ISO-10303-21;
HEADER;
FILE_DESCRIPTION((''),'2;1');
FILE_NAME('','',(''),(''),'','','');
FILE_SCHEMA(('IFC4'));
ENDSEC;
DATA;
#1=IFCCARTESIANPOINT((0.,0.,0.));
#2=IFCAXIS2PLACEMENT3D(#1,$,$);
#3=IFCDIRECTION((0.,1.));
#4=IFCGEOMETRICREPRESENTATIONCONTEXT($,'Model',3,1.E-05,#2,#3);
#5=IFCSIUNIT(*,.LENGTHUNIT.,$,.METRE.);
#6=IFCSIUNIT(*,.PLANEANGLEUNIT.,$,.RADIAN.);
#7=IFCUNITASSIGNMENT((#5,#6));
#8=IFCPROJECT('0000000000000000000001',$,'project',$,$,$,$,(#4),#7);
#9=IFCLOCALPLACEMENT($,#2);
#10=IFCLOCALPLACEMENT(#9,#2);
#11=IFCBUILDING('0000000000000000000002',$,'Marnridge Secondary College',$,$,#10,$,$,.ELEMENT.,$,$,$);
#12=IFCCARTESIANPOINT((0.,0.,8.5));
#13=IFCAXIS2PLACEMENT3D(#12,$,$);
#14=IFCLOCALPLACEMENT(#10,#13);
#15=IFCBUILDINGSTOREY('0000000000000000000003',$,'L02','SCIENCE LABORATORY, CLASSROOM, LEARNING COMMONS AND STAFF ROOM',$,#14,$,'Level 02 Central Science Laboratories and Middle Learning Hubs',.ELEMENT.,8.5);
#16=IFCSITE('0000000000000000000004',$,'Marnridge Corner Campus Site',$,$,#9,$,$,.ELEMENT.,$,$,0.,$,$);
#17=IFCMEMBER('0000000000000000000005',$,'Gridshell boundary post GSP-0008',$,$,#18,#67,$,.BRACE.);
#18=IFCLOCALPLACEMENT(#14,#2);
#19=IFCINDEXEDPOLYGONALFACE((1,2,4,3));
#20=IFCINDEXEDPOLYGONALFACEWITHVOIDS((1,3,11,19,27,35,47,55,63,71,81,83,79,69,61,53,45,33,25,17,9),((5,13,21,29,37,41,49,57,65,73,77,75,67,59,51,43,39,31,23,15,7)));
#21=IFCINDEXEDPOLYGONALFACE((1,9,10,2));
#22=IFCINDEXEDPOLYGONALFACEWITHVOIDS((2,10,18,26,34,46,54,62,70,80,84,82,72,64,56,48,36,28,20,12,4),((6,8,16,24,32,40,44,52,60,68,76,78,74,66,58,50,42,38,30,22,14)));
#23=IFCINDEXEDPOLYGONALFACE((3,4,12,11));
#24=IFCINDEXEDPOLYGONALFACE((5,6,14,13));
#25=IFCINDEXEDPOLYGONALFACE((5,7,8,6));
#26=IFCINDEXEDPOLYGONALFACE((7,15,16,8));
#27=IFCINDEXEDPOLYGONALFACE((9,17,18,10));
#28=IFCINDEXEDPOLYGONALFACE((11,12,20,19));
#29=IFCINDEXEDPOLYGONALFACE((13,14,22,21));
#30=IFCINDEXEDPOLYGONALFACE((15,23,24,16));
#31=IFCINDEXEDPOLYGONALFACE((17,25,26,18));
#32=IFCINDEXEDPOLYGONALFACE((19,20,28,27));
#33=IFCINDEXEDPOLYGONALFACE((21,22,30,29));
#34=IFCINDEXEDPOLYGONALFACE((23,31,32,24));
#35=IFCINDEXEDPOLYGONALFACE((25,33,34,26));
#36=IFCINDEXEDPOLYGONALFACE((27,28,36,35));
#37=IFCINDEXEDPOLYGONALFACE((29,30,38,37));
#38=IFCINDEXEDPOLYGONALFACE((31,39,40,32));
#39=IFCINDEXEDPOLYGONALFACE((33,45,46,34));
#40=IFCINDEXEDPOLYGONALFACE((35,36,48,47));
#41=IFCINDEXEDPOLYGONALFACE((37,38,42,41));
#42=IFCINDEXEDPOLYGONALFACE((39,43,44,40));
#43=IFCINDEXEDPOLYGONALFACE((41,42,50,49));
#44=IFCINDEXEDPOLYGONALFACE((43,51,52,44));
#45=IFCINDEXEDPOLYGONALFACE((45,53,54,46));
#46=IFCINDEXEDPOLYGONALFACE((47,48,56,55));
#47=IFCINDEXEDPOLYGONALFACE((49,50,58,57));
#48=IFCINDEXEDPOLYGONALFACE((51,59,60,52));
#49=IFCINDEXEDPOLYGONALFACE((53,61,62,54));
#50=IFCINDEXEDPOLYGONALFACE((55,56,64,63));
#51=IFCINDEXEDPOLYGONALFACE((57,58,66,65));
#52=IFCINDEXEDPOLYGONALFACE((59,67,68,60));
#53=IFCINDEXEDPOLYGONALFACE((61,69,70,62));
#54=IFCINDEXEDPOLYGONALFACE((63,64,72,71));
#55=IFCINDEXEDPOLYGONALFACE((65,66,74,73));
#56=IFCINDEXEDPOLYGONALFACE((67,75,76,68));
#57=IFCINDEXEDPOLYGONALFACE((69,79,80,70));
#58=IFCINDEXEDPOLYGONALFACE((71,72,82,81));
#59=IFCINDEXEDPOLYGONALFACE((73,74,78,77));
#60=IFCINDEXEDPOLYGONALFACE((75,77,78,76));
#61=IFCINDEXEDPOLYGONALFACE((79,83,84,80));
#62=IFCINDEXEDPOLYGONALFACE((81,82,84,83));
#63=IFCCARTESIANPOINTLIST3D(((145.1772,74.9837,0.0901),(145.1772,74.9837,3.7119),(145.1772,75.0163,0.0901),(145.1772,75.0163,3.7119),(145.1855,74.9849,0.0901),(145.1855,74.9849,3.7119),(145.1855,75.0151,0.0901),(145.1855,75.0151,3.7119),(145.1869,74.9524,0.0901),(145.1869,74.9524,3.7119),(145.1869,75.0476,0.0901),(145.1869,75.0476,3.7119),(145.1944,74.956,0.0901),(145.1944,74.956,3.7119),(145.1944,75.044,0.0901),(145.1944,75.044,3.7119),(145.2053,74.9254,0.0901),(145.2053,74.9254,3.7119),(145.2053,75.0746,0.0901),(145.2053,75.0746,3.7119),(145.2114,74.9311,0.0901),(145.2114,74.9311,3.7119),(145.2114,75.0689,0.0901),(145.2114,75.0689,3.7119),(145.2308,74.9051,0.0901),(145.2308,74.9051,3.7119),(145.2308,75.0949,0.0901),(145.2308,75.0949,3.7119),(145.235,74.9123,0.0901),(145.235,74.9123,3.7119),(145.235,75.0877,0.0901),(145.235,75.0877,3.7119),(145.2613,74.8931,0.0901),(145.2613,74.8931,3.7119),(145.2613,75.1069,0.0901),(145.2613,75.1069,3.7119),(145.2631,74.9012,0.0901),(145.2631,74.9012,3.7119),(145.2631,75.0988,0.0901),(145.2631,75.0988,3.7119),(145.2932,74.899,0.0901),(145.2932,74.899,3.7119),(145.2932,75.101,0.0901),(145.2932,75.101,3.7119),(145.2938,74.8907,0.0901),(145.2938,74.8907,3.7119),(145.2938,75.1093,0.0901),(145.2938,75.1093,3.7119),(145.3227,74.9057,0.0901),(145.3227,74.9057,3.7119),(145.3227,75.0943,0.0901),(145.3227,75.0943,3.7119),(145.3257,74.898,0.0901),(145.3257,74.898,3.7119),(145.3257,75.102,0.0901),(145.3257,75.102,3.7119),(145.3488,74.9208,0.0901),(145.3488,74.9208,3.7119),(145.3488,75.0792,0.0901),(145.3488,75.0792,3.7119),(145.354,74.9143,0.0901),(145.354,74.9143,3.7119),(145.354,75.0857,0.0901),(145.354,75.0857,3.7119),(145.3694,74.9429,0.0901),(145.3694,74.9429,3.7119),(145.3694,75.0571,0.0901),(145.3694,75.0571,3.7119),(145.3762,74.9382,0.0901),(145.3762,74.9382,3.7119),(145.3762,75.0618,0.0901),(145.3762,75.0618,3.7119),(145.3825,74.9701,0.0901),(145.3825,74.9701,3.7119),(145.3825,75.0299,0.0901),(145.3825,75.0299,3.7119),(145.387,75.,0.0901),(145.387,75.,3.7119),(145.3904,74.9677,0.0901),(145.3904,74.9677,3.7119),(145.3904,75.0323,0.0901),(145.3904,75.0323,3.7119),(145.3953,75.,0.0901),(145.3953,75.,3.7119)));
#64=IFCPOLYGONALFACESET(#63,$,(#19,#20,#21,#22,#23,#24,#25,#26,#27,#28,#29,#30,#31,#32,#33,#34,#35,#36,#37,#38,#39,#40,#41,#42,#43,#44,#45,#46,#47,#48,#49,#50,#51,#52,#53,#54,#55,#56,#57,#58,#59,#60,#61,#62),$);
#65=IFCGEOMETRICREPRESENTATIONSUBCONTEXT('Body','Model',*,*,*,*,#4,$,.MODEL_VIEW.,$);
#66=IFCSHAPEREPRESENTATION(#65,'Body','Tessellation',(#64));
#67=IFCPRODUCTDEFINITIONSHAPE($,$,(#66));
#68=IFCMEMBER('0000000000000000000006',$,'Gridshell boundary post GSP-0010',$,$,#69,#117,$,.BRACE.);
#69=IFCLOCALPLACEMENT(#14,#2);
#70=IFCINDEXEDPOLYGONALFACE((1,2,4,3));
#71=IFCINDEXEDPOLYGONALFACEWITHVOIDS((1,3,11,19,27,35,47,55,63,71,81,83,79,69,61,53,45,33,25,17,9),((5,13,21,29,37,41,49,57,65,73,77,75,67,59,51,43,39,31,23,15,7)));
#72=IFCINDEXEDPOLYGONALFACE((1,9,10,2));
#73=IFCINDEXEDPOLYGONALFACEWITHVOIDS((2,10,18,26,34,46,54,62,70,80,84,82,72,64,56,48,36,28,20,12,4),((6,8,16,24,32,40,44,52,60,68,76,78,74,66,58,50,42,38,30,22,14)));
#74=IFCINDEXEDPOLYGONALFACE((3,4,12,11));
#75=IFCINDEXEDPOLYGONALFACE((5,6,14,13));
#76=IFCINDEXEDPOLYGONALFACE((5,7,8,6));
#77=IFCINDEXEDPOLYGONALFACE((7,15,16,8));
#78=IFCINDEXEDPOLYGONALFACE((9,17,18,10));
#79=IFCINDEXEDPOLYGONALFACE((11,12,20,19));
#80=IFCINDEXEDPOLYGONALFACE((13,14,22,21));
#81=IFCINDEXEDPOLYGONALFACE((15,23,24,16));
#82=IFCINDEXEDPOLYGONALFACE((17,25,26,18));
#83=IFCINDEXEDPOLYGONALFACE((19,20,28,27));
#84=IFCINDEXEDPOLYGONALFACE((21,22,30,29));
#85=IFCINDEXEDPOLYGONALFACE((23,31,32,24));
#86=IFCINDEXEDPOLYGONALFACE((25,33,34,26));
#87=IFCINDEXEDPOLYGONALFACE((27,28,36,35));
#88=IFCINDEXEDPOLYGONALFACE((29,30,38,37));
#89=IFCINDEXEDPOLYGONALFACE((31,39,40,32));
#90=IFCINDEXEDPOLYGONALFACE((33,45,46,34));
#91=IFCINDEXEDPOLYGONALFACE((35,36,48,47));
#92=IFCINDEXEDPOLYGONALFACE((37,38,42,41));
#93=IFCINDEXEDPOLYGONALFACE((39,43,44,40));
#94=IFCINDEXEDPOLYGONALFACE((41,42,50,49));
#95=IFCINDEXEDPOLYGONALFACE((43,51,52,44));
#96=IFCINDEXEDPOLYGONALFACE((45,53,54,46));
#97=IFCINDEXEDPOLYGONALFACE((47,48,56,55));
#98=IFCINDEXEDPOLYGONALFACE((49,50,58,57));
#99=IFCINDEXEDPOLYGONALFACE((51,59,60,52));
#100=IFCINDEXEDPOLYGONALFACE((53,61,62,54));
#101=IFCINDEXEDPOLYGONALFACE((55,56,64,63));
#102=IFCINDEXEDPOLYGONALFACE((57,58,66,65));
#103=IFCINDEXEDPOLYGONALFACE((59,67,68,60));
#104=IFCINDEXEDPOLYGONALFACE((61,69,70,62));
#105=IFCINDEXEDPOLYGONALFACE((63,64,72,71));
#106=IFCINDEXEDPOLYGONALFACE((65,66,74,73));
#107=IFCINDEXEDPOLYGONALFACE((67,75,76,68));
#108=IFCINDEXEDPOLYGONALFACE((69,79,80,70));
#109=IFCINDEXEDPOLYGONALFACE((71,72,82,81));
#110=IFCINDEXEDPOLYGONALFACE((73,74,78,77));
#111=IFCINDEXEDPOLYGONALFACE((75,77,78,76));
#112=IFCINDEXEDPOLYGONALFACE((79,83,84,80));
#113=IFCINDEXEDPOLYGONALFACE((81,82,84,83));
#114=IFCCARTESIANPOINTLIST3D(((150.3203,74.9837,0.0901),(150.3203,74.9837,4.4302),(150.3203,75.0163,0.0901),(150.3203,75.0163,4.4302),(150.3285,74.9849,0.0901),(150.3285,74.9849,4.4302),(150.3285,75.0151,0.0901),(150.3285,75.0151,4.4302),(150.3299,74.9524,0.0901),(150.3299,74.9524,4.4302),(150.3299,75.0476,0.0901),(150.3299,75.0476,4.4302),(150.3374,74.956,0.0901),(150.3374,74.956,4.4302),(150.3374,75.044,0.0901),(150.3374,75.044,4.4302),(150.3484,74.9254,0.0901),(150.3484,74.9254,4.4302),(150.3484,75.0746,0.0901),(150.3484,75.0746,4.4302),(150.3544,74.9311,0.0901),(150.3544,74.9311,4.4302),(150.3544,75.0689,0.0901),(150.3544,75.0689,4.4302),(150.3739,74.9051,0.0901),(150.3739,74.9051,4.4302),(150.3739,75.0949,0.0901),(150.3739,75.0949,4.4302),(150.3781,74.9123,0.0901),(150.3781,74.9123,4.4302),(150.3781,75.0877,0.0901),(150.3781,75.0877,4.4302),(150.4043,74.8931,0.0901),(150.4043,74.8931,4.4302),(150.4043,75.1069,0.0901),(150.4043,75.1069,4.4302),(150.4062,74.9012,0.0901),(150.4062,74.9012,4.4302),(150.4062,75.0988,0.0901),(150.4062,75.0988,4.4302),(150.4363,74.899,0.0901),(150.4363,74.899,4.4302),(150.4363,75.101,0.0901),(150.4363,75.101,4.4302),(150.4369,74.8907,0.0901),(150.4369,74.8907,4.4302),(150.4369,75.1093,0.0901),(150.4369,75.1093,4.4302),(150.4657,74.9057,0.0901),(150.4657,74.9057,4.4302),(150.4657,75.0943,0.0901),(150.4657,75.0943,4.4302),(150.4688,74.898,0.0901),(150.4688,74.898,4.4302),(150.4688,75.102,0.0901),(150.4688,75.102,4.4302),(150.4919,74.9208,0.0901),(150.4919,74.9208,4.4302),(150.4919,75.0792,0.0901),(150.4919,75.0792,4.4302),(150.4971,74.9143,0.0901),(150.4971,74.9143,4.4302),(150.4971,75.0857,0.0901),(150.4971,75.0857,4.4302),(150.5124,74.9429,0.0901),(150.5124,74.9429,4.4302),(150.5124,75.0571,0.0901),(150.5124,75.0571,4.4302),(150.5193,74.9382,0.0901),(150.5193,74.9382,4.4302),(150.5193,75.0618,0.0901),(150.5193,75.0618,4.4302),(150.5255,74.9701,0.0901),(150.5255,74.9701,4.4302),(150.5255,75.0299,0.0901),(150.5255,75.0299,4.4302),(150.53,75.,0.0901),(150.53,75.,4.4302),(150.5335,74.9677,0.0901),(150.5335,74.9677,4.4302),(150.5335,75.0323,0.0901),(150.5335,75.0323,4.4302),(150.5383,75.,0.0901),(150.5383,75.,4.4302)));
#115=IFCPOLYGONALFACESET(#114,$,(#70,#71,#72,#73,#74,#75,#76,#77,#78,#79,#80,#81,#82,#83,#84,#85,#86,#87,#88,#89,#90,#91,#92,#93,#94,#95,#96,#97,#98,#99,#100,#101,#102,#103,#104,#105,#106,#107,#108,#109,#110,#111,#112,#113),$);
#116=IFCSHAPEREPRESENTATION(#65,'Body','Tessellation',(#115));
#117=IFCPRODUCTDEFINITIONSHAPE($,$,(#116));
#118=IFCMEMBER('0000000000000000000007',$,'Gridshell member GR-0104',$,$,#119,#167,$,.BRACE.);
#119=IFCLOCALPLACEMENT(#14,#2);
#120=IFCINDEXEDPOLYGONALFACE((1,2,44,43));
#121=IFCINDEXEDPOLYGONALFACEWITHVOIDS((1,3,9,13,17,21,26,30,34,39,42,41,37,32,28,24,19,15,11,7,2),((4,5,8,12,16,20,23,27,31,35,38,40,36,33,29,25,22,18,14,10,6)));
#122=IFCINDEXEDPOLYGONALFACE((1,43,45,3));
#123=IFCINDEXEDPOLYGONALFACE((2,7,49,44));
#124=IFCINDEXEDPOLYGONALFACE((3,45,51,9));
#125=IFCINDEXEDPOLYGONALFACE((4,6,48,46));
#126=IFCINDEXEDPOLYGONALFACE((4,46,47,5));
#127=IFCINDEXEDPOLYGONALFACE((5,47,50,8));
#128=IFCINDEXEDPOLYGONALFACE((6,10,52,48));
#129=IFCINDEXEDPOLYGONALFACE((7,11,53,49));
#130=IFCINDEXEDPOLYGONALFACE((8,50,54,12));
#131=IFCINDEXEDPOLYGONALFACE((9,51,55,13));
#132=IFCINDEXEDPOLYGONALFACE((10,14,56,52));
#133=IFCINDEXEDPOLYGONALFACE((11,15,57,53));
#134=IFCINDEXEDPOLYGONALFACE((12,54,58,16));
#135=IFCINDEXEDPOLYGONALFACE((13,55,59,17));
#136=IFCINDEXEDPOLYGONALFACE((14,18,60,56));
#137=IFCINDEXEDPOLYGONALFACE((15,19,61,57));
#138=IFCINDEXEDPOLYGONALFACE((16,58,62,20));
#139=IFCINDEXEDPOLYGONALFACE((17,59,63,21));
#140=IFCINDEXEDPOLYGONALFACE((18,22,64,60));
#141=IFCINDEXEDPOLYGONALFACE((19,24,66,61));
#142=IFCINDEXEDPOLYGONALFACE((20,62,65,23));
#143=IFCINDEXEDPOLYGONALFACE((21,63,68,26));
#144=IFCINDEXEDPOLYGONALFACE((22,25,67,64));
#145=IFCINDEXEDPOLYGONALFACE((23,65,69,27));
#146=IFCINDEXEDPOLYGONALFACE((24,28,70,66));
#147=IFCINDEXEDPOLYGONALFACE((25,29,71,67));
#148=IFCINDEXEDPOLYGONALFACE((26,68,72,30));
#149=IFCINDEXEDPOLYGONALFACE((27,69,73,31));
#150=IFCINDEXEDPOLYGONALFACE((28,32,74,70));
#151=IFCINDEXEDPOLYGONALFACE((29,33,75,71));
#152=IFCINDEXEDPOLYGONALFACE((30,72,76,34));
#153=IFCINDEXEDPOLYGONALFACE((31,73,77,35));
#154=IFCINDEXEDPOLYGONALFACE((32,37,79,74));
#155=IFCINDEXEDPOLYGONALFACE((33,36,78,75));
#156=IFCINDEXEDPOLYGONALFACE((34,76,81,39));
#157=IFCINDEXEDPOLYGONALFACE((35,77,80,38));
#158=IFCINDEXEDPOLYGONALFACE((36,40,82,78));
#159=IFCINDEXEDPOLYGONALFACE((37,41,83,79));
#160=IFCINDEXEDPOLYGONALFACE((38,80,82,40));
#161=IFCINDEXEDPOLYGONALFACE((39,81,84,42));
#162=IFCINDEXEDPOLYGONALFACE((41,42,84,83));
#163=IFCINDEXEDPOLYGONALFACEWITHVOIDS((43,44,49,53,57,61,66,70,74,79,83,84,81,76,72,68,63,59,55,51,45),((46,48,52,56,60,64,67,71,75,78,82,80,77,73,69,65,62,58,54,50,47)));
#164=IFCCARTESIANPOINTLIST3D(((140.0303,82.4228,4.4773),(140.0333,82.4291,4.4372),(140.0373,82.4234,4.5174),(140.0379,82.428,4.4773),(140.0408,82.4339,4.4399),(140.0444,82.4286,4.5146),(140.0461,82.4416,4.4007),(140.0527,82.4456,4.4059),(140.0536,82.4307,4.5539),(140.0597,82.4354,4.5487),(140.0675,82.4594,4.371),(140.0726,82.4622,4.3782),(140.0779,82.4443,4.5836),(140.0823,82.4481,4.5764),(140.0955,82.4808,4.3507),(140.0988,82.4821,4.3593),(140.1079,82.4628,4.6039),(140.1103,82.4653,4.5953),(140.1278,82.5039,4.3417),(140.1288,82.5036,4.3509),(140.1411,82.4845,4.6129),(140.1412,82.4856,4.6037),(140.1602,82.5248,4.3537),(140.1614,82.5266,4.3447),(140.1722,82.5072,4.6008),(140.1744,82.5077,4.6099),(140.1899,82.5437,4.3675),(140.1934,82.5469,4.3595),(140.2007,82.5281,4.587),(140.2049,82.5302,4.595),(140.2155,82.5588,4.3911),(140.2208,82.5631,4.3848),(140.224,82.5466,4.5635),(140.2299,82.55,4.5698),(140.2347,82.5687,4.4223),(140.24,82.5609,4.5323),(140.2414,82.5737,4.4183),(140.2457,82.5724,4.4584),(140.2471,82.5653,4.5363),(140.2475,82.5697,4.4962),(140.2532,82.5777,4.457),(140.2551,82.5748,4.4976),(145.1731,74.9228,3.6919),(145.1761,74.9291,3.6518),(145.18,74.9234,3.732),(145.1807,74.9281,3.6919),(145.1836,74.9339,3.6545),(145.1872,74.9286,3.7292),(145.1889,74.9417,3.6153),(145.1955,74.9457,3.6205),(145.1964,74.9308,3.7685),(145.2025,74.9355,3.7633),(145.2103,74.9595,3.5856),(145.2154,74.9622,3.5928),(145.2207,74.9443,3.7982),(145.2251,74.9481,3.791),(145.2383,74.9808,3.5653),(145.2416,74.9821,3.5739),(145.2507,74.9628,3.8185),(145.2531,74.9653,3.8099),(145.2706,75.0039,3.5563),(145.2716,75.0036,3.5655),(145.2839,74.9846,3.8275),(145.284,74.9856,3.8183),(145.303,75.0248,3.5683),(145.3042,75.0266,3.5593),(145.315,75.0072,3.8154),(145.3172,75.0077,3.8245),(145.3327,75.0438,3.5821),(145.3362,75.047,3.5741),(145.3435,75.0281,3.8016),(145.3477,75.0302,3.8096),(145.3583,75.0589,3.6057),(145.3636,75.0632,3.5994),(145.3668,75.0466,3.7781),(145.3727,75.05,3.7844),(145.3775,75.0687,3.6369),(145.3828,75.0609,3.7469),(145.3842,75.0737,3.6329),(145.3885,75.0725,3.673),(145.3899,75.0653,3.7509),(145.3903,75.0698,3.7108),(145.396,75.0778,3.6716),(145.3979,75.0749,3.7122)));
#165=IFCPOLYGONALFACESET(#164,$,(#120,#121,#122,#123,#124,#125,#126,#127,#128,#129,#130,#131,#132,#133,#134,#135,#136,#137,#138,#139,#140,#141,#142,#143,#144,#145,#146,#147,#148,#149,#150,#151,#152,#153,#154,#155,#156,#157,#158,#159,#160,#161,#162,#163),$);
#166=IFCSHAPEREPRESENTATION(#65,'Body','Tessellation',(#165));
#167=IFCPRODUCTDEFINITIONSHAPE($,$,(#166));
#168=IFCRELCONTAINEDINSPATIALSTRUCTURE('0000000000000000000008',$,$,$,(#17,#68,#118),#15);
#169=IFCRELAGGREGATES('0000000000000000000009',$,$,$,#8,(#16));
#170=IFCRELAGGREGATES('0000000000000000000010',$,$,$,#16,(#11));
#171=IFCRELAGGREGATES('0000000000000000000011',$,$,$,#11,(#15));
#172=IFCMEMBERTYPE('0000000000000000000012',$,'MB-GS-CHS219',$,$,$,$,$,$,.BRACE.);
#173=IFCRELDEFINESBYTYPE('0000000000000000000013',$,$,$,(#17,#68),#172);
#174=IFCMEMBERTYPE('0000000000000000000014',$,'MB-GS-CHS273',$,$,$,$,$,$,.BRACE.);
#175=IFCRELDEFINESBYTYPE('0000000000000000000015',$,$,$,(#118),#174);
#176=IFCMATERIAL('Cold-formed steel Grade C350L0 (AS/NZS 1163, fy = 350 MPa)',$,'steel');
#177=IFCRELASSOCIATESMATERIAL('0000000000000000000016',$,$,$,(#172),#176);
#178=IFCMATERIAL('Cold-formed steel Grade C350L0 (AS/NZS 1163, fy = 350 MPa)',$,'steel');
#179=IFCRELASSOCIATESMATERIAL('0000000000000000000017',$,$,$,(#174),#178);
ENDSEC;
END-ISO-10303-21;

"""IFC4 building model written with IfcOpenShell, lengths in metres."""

from ifc_helpers import new_model, si_unit, direction, frame, origin, origin_2d, place, context, subcontext, project, spatial, hollow_circle, extrude, material, material_profile, profile_set, type_object, element, save


model = new_model("IFC4")

# Units and contexts
model_context = context("Model", 3, precision=1e-05, world=origin(), true_north=direction((0.0, 1.0)))
body_context = subcontext(model_context, "Body", "Model", "MODEL_VIEW")
ifc_project = project(units=[si_unit("LENGTHUNIT", "METRE"), si_unit("PLANEANGLEUNIT", "RADIAN")], contexts=[model_context])

# Site, building, storey
site_placement = place(None, origin())
site = spatial("IfcSite", under=ifc_project, at=site_placement, Name="Marnridge Corner Campus Site", CompositionType="ELEMENT", RefElevation=0.0)
building_placement = place(site_placement, origin())
building = spatial("IfcBuilding", under=site, at=building_placement, Name="Marnridge Secondary College", CompositionType="ELEMENT")
storey_placement = place(building_placement, frame((0.0, 0.0, 8.5)))
storey = spatial("IfcBuildingStorey", under=building, at=storey_placement, Name="L02", Description="SCIENCE LABORATORY, CLASSROOM, LEARNING COMMONS AND STAFF ROOM", LongName="Level 02 Central Science Laboratories and Middle Learning Hubs", CompositionType="ELEMENT", Elevation=8.5)

# Members
ifc_material_1 = material(Name="Cold-formed steel Grade C350L0 (AS/NZS 1163, fy = 350 MPa)", Category="steel")
ifc_material_profile_1 = material_profile(ifc_material_1, hollow_circle(Radius=0.1096, WallThickness=0.0083, at=origin_2d()), Name="219.1x8.2CHS")
ifc_profile_set_1 = profile_set([ifc_material_profile_1], Name="Cold-formed steel Grade C350L0 (AS/NZS 1163, fy = 350 MPa)")
member_type_1 = type_object("IfcMemberType", Name="MB-GS-CHS219", PredefinedType="BRACE", material=ifc_profile_set_1)
member_1_placement = place(storey_placement, frame((145.2856, 75.0, 0.0901), z_axis=(0.0, 0.0, 1.0), x_axis=(1.0, 0.0, 0.0)))
element("IfcMember", 1, at=member_1_placement, inside=storey, type_object=member_type_1, Name="Gridshell boundary post GSP-0008", PredefinedType="BRACE", context=body_context, shape_type="SweptSolid", body=[
    extrude(hollow_circle(Radius=0.1096, WallThickness=0.0083, at=origin_2d()), origin(), (0.0, 0.0, 1.0), 3.6218),
])
member_2_placement = place(storey_placement, frame((150.4287, 75.0, 0.0901), z_axis=(0.0, 0.0, 1.0), x_axis=(1.0, 0.0, 0.0)))
element("IfcMember", 2, at=member_2_placement, inside=storey, type_object=member_type_1, Name="Gridshell boundary post GSP-0010", PredefinedType="BRACE", context=body_context, shape_type="SweptSolid", body=[
    extrude(hollow_circle(Radius=0.1096, WallThickness=0.0083, at=origin_2d()), origin(), (0.0, 0.0, 1.0), 4.3401),
])
ifc_material_2 = material(Name="Cold-formed steel Grade C350L0 (AS/NZS 1163, fy = 350 MPa)", Category="steel")
ifc_material_profile_2 = material_profile(ifc_material_2, hollow_circle(Radius=0.1365, WallThickness=0.0093, at=origin_2d()), Name="273.1x9.3CHS")
ifc_profile_set_2 = profile_set([ifc_material_profile_2], Name="Cold-formed steel Grade C350L0 (AS/NZS 1163, fy = 350 MPa)")
member_type_2 = type_object("IfcMemberType", Name="MB-GS-CHS273", PredefinedType="BRACE", material=ifc_profile_set_2)
member_3_placement = place(storey_placement, frame((145.2856, 75.0, 3.6919), z_axis=(-0.563428, 0.821672, 0.086046), x_axis=(-0.824731, -0.565526, 0.0)))
element("IfcMember", 3, at=member_3_placement, inside=storey, type_object=member_type_2, Name="Gridshell member GR-0104", PredefinedType="BRACE", context=body_context, shape_type="SweptSolid", body=[
    extrude(hollow_circle(Radius=0.1365, WallThickness=0.0093, at=origin_2d()), origin(), (0.0, 0.0, 1.0), 9.1277),
])

save(model, "model.ifc")
